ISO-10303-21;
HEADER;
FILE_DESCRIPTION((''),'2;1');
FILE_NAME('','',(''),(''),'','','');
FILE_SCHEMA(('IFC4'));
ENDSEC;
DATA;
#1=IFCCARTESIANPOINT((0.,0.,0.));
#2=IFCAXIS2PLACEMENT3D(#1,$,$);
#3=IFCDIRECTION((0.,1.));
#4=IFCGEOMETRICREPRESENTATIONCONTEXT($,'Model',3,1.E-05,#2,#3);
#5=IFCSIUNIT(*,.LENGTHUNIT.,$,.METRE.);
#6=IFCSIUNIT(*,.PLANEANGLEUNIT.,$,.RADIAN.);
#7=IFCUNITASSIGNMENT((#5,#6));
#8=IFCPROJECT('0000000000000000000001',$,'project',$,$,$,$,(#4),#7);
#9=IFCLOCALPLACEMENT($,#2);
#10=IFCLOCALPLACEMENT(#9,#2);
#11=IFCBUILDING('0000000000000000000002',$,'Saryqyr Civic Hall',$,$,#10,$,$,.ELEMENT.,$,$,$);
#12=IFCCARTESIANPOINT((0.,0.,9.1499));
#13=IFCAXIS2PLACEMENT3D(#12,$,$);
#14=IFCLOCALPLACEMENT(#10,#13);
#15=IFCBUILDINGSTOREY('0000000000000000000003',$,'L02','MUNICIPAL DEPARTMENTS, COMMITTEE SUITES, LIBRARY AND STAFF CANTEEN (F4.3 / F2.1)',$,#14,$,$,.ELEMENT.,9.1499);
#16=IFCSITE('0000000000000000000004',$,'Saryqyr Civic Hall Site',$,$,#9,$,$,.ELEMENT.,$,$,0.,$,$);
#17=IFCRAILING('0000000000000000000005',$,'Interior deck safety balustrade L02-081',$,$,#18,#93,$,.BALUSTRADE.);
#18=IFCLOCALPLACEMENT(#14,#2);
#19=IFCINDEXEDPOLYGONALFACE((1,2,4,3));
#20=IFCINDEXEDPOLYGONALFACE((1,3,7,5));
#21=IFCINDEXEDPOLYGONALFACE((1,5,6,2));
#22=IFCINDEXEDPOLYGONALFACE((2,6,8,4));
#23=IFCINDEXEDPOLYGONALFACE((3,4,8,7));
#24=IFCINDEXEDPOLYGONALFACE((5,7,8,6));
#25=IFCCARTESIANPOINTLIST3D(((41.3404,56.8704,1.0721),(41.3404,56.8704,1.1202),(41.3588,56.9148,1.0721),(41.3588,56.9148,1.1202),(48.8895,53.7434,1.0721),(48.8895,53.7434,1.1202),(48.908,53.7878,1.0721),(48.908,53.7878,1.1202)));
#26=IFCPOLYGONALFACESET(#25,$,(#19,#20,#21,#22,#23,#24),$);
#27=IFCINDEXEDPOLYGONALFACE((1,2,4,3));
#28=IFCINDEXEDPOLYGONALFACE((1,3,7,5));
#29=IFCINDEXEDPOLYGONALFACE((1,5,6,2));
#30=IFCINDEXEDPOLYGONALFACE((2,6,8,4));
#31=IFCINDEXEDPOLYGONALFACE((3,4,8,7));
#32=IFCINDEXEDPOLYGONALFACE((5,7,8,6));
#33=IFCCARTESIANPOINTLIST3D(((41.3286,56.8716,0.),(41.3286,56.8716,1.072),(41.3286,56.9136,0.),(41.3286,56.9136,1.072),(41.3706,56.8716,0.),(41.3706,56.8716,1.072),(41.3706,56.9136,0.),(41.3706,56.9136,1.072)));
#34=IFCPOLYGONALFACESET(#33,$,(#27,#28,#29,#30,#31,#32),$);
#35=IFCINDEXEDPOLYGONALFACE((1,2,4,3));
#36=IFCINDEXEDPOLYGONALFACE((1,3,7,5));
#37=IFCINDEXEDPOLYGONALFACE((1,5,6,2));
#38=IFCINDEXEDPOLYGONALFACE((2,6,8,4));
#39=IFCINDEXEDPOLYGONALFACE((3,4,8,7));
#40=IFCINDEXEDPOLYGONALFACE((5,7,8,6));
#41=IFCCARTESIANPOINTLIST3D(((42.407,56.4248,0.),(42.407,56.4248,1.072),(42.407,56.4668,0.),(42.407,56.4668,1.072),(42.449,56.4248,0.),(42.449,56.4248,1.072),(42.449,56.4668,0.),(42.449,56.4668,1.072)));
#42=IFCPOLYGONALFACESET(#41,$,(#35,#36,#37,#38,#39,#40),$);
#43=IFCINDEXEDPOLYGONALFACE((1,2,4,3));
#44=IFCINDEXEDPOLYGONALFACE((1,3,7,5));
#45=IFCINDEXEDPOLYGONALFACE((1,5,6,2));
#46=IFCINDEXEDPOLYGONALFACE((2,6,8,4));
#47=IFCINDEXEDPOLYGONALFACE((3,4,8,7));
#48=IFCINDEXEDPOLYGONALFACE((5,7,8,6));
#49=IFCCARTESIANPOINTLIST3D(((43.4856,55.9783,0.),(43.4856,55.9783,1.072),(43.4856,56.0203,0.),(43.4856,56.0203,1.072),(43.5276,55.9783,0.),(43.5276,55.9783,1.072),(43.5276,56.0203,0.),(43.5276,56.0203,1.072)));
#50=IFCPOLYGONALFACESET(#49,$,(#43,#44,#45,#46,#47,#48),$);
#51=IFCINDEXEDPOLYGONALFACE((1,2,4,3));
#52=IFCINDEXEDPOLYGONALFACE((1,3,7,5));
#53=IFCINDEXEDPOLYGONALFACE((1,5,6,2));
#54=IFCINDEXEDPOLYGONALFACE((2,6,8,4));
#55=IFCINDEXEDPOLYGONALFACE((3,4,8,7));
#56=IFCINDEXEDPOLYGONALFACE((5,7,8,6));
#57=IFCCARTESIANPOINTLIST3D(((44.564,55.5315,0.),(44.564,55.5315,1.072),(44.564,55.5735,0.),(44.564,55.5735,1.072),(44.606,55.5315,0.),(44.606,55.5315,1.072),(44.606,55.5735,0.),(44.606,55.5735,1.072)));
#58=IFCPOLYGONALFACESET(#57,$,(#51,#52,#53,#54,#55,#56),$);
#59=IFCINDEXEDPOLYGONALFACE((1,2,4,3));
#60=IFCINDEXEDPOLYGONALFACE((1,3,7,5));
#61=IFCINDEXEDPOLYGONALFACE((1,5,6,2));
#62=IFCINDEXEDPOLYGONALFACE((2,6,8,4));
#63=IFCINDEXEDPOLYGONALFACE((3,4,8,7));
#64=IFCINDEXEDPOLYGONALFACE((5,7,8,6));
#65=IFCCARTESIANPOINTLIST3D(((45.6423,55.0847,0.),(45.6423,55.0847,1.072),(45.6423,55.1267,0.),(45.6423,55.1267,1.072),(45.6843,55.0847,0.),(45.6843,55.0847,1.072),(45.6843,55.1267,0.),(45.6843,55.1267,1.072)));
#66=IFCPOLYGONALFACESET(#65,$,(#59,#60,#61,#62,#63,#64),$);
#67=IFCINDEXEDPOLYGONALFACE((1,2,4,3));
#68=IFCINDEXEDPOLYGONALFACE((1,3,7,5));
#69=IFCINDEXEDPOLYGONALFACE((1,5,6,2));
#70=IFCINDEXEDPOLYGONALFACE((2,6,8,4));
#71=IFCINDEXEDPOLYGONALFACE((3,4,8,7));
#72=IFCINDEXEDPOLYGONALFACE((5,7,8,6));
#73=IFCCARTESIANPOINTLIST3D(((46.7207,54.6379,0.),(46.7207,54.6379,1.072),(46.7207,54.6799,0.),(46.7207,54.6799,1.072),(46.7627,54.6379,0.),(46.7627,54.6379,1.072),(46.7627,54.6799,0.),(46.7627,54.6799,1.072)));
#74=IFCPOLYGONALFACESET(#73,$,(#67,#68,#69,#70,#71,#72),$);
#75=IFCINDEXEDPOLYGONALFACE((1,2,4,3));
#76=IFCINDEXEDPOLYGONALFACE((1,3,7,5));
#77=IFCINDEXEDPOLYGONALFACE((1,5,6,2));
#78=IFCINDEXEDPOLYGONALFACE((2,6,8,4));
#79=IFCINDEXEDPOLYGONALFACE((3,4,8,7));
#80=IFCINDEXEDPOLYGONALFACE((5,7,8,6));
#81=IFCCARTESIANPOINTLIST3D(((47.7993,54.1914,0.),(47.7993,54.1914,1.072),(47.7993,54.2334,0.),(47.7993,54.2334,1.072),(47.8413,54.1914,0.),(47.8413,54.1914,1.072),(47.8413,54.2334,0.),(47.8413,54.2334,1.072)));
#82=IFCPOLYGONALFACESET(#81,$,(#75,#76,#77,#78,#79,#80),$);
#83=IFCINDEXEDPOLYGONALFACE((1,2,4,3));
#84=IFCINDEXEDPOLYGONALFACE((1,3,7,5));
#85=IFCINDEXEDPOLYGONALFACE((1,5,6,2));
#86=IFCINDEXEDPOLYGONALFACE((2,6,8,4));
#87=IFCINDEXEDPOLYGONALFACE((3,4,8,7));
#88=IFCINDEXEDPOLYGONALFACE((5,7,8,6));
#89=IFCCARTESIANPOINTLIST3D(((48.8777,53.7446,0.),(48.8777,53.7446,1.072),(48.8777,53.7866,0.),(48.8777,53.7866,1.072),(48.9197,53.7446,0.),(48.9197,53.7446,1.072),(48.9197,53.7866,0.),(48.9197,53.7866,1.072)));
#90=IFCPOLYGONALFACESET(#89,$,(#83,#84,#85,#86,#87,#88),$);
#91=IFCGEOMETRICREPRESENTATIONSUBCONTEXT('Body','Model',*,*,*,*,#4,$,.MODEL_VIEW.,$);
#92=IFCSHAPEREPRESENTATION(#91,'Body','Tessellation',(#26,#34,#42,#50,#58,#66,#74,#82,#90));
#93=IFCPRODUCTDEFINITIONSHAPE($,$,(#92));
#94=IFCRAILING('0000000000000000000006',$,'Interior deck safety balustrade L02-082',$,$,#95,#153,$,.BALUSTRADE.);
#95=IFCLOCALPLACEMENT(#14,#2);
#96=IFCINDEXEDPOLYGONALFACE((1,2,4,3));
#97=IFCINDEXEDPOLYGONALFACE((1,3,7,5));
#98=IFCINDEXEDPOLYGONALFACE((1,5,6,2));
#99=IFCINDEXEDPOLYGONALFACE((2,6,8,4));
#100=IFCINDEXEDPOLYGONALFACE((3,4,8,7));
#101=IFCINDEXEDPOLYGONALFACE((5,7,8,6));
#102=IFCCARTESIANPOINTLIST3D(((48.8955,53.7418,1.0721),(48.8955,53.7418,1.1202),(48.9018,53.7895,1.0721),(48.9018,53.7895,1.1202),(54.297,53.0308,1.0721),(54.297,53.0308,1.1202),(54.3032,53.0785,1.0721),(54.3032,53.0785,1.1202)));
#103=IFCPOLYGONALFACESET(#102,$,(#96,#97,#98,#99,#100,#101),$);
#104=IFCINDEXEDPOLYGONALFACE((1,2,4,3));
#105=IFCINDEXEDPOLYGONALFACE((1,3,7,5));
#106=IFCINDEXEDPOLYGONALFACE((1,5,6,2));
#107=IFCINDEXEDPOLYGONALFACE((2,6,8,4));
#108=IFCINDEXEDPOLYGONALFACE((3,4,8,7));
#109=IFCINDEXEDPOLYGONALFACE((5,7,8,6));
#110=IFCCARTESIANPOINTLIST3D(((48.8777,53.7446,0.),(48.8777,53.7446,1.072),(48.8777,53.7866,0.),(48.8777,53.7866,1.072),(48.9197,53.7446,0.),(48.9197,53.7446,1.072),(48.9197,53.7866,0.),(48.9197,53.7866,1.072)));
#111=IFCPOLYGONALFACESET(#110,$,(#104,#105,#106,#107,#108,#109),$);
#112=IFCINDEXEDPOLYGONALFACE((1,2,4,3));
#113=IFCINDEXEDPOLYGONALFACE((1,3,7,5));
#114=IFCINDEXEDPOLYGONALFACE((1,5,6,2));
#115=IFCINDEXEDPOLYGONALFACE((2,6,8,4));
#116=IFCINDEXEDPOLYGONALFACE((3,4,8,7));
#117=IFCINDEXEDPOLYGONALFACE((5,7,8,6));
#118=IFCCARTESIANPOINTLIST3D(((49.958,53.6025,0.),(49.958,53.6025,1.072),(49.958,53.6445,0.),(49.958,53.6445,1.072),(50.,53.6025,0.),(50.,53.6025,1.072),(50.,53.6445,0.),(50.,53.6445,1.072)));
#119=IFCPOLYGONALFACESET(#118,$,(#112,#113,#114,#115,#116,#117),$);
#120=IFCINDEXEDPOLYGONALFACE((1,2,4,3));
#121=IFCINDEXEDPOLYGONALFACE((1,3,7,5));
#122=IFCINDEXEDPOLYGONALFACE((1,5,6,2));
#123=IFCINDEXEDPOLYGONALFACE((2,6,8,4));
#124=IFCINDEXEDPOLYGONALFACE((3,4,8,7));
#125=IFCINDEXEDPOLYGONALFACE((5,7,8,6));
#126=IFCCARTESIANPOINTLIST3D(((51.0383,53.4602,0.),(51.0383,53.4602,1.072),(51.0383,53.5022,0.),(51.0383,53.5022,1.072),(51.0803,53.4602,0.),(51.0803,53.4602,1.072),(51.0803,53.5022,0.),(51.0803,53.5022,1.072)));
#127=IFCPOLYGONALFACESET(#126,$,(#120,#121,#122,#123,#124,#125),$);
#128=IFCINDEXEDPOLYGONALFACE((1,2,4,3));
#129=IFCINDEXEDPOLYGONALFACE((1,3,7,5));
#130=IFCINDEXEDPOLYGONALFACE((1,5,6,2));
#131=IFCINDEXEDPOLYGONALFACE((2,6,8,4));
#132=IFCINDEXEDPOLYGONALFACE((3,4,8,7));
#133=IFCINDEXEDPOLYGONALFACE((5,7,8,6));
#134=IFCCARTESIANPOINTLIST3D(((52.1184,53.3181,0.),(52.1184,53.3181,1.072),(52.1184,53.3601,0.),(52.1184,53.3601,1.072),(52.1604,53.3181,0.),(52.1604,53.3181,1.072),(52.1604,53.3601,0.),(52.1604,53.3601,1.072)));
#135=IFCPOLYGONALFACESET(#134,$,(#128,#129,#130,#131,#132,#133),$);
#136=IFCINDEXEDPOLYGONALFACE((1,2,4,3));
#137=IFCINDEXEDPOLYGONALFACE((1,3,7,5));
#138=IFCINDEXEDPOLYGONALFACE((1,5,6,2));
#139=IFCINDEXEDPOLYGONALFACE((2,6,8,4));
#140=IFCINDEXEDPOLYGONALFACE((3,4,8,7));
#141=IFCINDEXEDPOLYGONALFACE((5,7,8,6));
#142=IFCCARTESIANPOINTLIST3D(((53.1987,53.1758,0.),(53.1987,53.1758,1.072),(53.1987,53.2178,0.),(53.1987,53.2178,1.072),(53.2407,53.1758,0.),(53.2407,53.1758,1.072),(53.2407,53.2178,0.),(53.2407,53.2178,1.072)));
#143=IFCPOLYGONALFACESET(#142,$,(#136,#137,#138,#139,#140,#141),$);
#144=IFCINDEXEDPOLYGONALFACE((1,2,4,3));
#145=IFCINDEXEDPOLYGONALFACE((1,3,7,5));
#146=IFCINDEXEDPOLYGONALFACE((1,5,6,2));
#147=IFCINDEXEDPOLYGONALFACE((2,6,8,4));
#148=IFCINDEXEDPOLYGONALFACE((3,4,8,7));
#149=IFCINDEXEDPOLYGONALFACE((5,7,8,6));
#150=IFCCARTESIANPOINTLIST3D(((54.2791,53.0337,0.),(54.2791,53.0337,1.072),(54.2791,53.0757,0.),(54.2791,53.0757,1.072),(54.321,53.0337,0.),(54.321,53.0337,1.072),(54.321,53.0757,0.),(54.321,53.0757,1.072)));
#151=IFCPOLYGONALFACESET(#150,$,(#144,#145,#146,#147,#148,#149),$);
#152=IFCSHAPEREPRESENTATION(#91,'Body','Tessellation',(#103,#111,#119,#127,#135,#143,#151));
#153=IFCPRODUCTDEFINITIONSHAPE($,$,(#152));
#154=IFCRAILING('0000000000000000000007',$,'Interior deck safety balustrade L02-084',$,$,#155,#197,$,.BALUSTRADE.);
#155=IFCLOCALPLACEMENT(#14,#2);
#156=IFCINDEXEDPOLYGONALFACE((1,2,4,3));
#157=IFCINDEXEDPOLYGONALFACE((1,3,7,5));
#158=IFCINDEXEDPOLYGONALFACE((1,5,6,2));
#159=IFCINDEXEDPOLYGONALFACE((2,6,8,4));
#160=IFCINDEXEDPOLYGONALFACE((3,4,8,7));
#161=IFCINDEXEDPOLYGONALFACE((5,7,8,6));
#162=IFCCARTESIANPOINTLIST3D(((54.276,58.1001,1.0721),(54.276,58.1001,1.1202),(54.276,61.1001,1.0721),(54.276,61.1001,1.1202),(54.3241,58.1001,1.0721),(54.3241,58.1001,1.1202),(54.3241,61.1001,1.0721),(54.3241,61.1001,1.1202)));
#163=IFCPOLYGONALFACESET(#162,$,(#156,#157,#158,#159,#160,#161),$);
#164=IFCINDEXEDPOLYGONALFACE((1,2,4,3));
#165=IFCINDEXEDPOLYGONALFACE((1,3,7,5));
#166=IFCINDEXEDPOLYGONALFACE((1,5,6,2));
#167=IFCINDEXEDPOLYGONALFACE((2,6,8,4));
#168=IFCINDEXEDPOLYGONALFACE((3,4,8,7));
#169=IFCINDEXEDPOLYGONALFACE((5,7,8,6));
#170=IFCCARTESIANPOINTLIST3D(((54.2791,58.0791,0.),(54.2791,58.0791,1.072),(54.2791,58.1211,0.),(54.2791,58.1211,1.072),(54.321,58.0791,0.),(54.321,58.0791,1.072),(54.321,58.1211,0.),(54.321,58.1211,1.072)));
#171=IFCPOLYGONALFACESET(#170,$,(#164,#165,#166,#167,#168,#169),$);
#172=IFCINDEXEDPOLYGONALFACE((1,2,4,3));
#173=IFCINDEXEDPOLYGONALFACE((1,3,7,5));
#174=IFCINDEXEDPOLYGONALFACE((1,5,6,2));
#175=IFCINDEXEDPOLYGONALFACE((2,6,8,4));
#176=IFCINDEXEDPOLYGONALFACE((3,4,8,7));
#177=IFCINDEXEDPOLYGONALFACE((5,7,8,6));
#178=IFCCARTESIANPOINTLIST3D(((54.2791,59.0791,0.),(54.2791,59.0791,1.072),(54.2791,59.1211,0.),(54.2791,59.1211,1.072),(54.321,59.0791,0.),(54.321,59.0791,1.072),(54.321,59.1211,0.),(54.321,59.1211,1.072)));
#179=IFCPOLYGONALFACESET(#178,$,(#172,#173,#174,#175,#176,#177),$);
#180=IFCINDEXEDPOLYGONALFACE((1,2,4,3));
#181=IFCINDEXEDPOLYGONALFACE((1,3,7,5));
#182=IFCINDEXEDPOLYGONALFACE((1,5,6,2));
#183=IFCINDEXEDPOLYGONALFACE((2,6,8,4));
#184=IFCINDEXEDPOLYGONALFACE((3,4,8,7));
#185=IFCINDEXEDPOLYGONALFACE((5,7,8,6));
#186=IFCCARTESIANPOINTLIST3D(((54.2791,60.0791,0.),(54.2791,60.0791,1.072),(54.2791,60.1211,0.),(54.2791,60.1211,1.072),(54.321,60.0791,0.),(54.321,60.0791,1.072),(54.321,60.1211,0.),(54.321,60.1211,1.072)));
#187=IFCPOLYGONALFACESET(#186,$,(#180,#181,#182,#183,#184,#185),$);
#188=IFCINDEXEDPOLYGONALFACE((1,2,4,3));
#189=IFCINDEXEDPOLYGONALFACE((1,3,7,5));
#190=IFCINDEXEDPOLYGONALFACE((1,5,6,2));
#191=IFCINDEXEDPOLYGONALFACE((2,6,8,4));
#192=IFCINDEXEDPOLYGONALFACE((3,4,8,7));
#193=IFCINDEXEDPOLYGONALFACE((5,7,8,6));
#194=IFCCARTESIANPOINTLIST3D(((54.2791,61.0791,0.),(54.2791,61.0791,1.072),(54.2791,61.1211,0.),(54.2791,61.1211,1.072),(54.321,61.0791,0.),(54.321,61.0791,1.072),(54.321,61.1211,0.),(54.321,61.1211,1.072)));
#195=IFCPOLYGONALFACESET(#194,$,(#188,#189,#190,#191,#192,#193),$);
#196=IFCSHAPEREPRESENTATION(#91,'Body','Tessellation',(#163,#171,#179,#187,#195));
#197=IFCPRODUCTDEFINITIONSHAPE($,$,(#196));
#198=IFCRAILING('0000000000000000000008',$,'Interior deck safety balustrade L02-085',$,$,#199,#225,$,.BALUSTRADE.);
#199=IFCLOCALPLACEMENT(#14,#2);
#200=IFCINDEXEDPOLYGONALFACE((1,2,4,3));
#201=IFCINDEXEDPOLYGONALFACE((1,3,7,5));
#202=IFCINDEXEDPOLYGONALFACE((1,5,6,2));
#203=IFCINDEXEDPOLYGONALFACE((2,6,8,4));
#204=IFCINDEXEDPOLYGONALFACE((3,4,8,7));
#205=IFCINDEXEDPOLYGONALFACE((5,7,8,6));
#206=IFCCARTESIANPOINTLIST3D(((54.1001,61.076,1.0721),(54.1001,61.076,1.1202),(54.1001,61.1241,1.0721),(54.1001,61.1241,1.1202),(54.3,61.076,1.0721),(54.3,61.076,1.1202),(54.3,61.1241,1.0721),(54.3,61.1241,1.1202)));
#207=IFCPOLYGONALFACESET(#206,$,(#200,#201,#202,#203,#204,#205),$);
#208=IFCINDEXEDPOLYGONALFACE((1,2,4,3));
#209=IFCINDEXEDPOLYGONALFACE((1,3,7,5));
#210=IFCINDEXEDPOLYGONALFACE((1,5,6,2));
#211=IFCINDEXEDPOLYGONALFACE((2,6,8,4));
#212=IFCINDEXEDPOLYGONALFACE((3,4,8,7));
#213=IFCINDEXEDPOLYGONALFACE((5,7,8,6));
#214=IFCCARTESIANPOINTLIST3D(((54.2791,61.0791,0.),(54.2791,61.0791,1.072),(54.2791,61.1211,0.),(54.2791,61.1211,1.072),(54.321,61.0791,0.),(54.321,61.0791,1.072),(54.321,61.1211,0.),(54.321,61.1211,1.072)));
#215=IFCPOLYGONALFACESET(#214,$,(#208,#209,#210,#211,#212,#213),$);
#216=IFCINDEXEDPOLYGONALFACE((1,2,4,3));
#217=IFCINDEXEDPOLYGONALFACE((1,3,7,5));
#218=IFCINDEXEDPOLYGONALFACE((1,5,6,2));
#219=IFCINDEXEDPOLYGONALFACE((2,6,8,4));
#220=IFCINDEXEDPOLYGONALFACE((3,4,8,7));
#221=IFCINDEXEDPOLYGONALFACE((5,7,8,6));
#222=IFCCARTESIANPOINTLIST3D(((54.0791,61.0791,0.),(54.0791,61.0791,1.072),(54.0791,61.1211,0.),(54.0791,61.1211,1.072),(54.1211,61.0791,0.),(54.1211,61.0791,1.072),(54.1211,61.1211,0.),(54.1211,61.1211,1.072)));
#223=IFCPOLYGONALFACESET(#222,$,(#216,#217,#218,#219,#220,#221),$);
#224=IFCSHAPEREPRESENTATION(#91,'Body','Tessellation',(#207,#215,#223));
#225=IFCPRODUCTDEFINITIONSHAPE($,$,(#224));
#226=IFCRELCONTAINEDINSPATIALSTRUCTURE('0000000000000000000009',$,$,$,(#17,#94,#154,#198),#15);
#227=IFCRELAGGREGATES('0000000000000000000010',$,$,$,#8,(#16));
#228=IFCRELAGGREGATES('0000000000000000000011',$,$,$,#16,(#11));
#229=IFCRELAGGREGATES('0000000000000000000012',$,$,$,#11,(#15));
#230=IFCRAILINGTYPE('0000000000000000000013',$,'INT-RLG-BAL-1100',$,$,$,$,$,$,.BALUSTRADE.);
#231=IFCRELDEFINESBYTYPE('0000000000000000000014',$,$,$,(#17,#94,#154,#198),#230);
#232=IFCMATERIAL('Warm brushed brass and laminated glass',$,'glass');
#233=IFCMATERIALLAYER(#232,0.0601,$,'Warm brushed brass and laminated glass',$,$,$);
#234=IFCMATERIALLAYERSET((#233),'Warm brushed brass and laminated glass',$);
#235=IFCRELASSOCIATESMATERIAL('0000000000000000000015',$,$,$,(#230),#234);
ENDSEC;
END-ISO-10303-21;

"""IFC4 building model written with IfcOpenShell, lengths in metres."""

from ifc_helpers import new_model, si_unit, direction, frame, origin, origin_2d, place, context, subcontext, project, spatial, rectangle, extrude, material, layer, layer_set, type_object, element, save


model = new_model("IFC4")

# Units and contexts
model_context = context("Model", 3, precision=1e-05, world=origin(), true_north=direction((0.0, 1.0)))
body_context = subcontext(model_context, "Body", "Model", "MODEL_VIEW")
ifc_project = project(units=[si_unit("LENGTHUNIT", "METRE"), si_unit("PLANEANGLEUNIT", "RADIAN")], contexts=[model_context])

# Site, building, storey
site_placement = place(None, origin())
site = spatial("IfcSite", under=ifc_project, at=site_placement, Name="Saryqyr Civic Hall Site", CompositionType="ELEMENT", RefElevation=0.0)
building_placement = place(site_placement, origin())
building = spatial("IfcBuilding", under=site, at=building_placement, Name="Saryqyr Civic Hall", CompositionType="ELEMENT")
storey_placement = place(building_placement, frame((0.0, 0.0, 9.1499)))
storey = spatial("IfcBuildingStorey", under=building, at=storey_placement, Name="L02", Description="MUNICIPAL DEPARTMENTS, COMMITTEE SUITES, LIBRARY AND STAFF CANTEEN (F4.3 / F2.1)", CompositionType="ELEMENT", Elevation=9.1499)

# Railings
ifc_material_1 = material(Name="Warm brushed brass and laminated glass", Category="glass")
ifc_layer_1 = layer(ifc_material_1, 0.0601, Name="Warm brushed brass and laminated glass")
ifc_layer_set_1 = layer_set([ifc_layer_1], Name="Warm brushed brass and laminated glass")
railing_type_1 = type_object("IfcRailingType", Name="INT-RLG-BAL-1100", PredefinedType="BALUSTRADE", material=ifc_layer_set_1)
railing_1_placement = place(storey_placement, frame((41.3496, 56.8926, 0.0)))
element("IfcRailing", 1, at=railing_1_placement, inside=storey, type_object=railing_type_1, Name="Interior deck safety balustrade L02-081", PredefinedType="BALUSTRADE", context=body_context, shape_type="SweptSolid", body=[
    extrude(rectangle(XDim=0.0481, YDim=0.0481, at=origin_2d()), frame((0.0, 0.0, 1.0962), z_axis=(0.923878, -0.382686, 0.0), x_axis=(0.382686, 0.923878, 0.0)), (0.0, 0.0, 1.0), 8.1711),
    extrude(rectangle(XDim=0.042, YDim=0.042, at=origin_2d()), origin(), (0.0, 0.0, 1.0), 1.072),
    extrude(rectangle(XDim=0.042, YDim=0.042, at=origin_2d()), frame((1.0784, -0.4468, 0.0)), (0.0, 0.0, 1.0), 1.072),
    extrude(rectangle(XDim=0.042, YDim=0.042, at=origin_2d()), frame((2.157, -0.8933, 0.0)), (0.0, 0.0, 1.0), 1.072),
    extrude(rectangle(XDim=0.042, YDim=0.042, at=origin_2d()), frame((3.2354, -1.3401, 0.0)), (0.0, 0.0, 1.0), 1.072),
    extrude(rectangle(XDim=0.042, YDim=0.042, at=origin_2d()), frame((4.3137, -1.7869, 0.0)), (0.0, 0.0, 1.0), 1.072),
    extrude(rectangle(XDim=0.042, YDim=0.042, at=origin_2d()), frame((5.3921, -2.2336, 0.0)), (0.0, 0.0, 1.0), 1.072),
    extrude(rectangle(XDim=0.042, YDim=0.042, at=origin_2d()), frame((6.4707, -2.6802, 0.0)), (0.0, 0.0, 1.0), 1.072),
    extrude(rectangle(XDim=0.042, YDim=0.042, at=origin_2d()), frame((7.5491, -3.127, 0.0)), (0.0, 0.0, 1.0), 1.072),
])
railing_2_placement = place(storey_placement, frame((48.8987, 53.7656, 0.0)))
element("IfcRailing", 2, at=railing_2_placement, inside=storey, type_object=railing_type_1, Name="Interior deck safety balustrade L02-082", PredefinedType="BALUSTRADE", context=body_context, shape_type="SweptSolid", body=[
    extrude(rectangle(XDim=0.0481, YDim=0.0481, at=origin_2d()), frame((0.0, 0.0, 1.0962), z_axis=(0.991449, -0.130496, 0.0), x_axis=(0.130496, 0.991449, 0.0)), (0.0, 0.0, 1.0), 5.448),
    extrude(rectangle(XDim=0.042, YDim=0.042, at=origin_2d()), origin(), (0.0, 0.0, 1.0), 1.072),
    extrude(rectangle(XDim=0.042, YDim=0.042, at=origin_2d()), frame((1.0803, -0.1421, 0.0)), (0.0, 0.0, 1.0), 1.072),
    extrude(rectangle(XDim=0.042, YDim=0.042, at=origin_2d()), frame((2.1606, -0.2844, 0.0)), (0.0, 0.0, 1.0), 1.072),
    extrude(rectangle(XDim=0.042, YDim=0.042, at=origin_2d()), frame((3.2407, -0.4265, 0.0)), (0.0, 0.0, 1.0), 1.072),
    extrude(rectangle(XDim=0.042, YDim=0.042, at=origin_2d()), frame((4.321, -0.5688, 0.0)), (0.0, 0.0, 1.0), 1.072),
    extrude(rectangle(XDim=0.042, YDim=0.042, at=origin_2d()), frame((5.4014, -0.7109, 0.0)), (0.0, 0.0, 1.0), 1.072),
])
railing_3_placement = place(storey_placement, frame((54.3, 58.1001, 0.0)))
element("IfcRailing", 3, at=railing_3_placement, inside=storey, type_object=railing_type_1, Name="Interior deck safety balustrade L02-084", PredefinedType="BALUSTRADE", context=body_context, shape_type="SweptSolid", body=[
    extrude(rectangle(XDim=0.0481, YDim=0.0481, at=origin_2d()), frame((0.0, 0.0, 1.0962), z_axis=(0.0, 1.0, 0.0), x_axis=(-1.0, 0.0, 0.0)), (0.0, 0.0, 1.0), 3.0),
    extrude(rectangle(XDim=0.042, YDim=0.042, at=origin_2d()), origin(), (0.0, 0.0, 1.0), 1.072),
    extrude(rectangle(XDim=0.042, YDim=0.042, at=origin_2d()), frame((0.0, 1.0, 0.0)), (0.0, 0.0, 1.0), 1.072),
    extrude(rectangle(XDim=0.042, YDim=0.042, at=origin_2d()), frame((0.0, 2.0, 0.0)), (0.0, 0.0, 1.0), 1.072),
    extrude(rectangle(XDim=0.042, YDim=0.042, at=origin_2d()), frame((0.0, 3.0, 0.0)), (0.0, 0.0, 1.0), 1.072),
])
railing_4_placement = place(storey_placement, frame((54.3, 61.1001, 0.0)))
element("IfcRailing", 4, at=railing_4_placement, inside=storey, type_object=railing_type_1, Name="Interior deck safety balustrade L02-085", PredefinedType="BALUSTRADE", context=body_context, shape_type="SweptSolid", body=[
    extrude(rectangle(XDim=0.0481, YDim=0.0481, at=origin_2d()), frame((0.0, 0.0, 1.0962), z_axis=(-1.0, 0.0, 0.0), x_axis=(0.0, -1.0, 0.0)), (0.0, 0.0, 1.0), 0.2),
    extrude(rectangle(XDim=0.042, YDim=0.042, at=origin_2d()), origin(), (0.0, 0.0, 1.0), 1.072),
    extrude(rectangle(XDim=0.042, YDim=0.042, at=origin_2d()), frame((-0.2, 0.0, 0.0)), (0.0, 0.0, 1.0), 1.072),
])

save(model, "model.ifc")
